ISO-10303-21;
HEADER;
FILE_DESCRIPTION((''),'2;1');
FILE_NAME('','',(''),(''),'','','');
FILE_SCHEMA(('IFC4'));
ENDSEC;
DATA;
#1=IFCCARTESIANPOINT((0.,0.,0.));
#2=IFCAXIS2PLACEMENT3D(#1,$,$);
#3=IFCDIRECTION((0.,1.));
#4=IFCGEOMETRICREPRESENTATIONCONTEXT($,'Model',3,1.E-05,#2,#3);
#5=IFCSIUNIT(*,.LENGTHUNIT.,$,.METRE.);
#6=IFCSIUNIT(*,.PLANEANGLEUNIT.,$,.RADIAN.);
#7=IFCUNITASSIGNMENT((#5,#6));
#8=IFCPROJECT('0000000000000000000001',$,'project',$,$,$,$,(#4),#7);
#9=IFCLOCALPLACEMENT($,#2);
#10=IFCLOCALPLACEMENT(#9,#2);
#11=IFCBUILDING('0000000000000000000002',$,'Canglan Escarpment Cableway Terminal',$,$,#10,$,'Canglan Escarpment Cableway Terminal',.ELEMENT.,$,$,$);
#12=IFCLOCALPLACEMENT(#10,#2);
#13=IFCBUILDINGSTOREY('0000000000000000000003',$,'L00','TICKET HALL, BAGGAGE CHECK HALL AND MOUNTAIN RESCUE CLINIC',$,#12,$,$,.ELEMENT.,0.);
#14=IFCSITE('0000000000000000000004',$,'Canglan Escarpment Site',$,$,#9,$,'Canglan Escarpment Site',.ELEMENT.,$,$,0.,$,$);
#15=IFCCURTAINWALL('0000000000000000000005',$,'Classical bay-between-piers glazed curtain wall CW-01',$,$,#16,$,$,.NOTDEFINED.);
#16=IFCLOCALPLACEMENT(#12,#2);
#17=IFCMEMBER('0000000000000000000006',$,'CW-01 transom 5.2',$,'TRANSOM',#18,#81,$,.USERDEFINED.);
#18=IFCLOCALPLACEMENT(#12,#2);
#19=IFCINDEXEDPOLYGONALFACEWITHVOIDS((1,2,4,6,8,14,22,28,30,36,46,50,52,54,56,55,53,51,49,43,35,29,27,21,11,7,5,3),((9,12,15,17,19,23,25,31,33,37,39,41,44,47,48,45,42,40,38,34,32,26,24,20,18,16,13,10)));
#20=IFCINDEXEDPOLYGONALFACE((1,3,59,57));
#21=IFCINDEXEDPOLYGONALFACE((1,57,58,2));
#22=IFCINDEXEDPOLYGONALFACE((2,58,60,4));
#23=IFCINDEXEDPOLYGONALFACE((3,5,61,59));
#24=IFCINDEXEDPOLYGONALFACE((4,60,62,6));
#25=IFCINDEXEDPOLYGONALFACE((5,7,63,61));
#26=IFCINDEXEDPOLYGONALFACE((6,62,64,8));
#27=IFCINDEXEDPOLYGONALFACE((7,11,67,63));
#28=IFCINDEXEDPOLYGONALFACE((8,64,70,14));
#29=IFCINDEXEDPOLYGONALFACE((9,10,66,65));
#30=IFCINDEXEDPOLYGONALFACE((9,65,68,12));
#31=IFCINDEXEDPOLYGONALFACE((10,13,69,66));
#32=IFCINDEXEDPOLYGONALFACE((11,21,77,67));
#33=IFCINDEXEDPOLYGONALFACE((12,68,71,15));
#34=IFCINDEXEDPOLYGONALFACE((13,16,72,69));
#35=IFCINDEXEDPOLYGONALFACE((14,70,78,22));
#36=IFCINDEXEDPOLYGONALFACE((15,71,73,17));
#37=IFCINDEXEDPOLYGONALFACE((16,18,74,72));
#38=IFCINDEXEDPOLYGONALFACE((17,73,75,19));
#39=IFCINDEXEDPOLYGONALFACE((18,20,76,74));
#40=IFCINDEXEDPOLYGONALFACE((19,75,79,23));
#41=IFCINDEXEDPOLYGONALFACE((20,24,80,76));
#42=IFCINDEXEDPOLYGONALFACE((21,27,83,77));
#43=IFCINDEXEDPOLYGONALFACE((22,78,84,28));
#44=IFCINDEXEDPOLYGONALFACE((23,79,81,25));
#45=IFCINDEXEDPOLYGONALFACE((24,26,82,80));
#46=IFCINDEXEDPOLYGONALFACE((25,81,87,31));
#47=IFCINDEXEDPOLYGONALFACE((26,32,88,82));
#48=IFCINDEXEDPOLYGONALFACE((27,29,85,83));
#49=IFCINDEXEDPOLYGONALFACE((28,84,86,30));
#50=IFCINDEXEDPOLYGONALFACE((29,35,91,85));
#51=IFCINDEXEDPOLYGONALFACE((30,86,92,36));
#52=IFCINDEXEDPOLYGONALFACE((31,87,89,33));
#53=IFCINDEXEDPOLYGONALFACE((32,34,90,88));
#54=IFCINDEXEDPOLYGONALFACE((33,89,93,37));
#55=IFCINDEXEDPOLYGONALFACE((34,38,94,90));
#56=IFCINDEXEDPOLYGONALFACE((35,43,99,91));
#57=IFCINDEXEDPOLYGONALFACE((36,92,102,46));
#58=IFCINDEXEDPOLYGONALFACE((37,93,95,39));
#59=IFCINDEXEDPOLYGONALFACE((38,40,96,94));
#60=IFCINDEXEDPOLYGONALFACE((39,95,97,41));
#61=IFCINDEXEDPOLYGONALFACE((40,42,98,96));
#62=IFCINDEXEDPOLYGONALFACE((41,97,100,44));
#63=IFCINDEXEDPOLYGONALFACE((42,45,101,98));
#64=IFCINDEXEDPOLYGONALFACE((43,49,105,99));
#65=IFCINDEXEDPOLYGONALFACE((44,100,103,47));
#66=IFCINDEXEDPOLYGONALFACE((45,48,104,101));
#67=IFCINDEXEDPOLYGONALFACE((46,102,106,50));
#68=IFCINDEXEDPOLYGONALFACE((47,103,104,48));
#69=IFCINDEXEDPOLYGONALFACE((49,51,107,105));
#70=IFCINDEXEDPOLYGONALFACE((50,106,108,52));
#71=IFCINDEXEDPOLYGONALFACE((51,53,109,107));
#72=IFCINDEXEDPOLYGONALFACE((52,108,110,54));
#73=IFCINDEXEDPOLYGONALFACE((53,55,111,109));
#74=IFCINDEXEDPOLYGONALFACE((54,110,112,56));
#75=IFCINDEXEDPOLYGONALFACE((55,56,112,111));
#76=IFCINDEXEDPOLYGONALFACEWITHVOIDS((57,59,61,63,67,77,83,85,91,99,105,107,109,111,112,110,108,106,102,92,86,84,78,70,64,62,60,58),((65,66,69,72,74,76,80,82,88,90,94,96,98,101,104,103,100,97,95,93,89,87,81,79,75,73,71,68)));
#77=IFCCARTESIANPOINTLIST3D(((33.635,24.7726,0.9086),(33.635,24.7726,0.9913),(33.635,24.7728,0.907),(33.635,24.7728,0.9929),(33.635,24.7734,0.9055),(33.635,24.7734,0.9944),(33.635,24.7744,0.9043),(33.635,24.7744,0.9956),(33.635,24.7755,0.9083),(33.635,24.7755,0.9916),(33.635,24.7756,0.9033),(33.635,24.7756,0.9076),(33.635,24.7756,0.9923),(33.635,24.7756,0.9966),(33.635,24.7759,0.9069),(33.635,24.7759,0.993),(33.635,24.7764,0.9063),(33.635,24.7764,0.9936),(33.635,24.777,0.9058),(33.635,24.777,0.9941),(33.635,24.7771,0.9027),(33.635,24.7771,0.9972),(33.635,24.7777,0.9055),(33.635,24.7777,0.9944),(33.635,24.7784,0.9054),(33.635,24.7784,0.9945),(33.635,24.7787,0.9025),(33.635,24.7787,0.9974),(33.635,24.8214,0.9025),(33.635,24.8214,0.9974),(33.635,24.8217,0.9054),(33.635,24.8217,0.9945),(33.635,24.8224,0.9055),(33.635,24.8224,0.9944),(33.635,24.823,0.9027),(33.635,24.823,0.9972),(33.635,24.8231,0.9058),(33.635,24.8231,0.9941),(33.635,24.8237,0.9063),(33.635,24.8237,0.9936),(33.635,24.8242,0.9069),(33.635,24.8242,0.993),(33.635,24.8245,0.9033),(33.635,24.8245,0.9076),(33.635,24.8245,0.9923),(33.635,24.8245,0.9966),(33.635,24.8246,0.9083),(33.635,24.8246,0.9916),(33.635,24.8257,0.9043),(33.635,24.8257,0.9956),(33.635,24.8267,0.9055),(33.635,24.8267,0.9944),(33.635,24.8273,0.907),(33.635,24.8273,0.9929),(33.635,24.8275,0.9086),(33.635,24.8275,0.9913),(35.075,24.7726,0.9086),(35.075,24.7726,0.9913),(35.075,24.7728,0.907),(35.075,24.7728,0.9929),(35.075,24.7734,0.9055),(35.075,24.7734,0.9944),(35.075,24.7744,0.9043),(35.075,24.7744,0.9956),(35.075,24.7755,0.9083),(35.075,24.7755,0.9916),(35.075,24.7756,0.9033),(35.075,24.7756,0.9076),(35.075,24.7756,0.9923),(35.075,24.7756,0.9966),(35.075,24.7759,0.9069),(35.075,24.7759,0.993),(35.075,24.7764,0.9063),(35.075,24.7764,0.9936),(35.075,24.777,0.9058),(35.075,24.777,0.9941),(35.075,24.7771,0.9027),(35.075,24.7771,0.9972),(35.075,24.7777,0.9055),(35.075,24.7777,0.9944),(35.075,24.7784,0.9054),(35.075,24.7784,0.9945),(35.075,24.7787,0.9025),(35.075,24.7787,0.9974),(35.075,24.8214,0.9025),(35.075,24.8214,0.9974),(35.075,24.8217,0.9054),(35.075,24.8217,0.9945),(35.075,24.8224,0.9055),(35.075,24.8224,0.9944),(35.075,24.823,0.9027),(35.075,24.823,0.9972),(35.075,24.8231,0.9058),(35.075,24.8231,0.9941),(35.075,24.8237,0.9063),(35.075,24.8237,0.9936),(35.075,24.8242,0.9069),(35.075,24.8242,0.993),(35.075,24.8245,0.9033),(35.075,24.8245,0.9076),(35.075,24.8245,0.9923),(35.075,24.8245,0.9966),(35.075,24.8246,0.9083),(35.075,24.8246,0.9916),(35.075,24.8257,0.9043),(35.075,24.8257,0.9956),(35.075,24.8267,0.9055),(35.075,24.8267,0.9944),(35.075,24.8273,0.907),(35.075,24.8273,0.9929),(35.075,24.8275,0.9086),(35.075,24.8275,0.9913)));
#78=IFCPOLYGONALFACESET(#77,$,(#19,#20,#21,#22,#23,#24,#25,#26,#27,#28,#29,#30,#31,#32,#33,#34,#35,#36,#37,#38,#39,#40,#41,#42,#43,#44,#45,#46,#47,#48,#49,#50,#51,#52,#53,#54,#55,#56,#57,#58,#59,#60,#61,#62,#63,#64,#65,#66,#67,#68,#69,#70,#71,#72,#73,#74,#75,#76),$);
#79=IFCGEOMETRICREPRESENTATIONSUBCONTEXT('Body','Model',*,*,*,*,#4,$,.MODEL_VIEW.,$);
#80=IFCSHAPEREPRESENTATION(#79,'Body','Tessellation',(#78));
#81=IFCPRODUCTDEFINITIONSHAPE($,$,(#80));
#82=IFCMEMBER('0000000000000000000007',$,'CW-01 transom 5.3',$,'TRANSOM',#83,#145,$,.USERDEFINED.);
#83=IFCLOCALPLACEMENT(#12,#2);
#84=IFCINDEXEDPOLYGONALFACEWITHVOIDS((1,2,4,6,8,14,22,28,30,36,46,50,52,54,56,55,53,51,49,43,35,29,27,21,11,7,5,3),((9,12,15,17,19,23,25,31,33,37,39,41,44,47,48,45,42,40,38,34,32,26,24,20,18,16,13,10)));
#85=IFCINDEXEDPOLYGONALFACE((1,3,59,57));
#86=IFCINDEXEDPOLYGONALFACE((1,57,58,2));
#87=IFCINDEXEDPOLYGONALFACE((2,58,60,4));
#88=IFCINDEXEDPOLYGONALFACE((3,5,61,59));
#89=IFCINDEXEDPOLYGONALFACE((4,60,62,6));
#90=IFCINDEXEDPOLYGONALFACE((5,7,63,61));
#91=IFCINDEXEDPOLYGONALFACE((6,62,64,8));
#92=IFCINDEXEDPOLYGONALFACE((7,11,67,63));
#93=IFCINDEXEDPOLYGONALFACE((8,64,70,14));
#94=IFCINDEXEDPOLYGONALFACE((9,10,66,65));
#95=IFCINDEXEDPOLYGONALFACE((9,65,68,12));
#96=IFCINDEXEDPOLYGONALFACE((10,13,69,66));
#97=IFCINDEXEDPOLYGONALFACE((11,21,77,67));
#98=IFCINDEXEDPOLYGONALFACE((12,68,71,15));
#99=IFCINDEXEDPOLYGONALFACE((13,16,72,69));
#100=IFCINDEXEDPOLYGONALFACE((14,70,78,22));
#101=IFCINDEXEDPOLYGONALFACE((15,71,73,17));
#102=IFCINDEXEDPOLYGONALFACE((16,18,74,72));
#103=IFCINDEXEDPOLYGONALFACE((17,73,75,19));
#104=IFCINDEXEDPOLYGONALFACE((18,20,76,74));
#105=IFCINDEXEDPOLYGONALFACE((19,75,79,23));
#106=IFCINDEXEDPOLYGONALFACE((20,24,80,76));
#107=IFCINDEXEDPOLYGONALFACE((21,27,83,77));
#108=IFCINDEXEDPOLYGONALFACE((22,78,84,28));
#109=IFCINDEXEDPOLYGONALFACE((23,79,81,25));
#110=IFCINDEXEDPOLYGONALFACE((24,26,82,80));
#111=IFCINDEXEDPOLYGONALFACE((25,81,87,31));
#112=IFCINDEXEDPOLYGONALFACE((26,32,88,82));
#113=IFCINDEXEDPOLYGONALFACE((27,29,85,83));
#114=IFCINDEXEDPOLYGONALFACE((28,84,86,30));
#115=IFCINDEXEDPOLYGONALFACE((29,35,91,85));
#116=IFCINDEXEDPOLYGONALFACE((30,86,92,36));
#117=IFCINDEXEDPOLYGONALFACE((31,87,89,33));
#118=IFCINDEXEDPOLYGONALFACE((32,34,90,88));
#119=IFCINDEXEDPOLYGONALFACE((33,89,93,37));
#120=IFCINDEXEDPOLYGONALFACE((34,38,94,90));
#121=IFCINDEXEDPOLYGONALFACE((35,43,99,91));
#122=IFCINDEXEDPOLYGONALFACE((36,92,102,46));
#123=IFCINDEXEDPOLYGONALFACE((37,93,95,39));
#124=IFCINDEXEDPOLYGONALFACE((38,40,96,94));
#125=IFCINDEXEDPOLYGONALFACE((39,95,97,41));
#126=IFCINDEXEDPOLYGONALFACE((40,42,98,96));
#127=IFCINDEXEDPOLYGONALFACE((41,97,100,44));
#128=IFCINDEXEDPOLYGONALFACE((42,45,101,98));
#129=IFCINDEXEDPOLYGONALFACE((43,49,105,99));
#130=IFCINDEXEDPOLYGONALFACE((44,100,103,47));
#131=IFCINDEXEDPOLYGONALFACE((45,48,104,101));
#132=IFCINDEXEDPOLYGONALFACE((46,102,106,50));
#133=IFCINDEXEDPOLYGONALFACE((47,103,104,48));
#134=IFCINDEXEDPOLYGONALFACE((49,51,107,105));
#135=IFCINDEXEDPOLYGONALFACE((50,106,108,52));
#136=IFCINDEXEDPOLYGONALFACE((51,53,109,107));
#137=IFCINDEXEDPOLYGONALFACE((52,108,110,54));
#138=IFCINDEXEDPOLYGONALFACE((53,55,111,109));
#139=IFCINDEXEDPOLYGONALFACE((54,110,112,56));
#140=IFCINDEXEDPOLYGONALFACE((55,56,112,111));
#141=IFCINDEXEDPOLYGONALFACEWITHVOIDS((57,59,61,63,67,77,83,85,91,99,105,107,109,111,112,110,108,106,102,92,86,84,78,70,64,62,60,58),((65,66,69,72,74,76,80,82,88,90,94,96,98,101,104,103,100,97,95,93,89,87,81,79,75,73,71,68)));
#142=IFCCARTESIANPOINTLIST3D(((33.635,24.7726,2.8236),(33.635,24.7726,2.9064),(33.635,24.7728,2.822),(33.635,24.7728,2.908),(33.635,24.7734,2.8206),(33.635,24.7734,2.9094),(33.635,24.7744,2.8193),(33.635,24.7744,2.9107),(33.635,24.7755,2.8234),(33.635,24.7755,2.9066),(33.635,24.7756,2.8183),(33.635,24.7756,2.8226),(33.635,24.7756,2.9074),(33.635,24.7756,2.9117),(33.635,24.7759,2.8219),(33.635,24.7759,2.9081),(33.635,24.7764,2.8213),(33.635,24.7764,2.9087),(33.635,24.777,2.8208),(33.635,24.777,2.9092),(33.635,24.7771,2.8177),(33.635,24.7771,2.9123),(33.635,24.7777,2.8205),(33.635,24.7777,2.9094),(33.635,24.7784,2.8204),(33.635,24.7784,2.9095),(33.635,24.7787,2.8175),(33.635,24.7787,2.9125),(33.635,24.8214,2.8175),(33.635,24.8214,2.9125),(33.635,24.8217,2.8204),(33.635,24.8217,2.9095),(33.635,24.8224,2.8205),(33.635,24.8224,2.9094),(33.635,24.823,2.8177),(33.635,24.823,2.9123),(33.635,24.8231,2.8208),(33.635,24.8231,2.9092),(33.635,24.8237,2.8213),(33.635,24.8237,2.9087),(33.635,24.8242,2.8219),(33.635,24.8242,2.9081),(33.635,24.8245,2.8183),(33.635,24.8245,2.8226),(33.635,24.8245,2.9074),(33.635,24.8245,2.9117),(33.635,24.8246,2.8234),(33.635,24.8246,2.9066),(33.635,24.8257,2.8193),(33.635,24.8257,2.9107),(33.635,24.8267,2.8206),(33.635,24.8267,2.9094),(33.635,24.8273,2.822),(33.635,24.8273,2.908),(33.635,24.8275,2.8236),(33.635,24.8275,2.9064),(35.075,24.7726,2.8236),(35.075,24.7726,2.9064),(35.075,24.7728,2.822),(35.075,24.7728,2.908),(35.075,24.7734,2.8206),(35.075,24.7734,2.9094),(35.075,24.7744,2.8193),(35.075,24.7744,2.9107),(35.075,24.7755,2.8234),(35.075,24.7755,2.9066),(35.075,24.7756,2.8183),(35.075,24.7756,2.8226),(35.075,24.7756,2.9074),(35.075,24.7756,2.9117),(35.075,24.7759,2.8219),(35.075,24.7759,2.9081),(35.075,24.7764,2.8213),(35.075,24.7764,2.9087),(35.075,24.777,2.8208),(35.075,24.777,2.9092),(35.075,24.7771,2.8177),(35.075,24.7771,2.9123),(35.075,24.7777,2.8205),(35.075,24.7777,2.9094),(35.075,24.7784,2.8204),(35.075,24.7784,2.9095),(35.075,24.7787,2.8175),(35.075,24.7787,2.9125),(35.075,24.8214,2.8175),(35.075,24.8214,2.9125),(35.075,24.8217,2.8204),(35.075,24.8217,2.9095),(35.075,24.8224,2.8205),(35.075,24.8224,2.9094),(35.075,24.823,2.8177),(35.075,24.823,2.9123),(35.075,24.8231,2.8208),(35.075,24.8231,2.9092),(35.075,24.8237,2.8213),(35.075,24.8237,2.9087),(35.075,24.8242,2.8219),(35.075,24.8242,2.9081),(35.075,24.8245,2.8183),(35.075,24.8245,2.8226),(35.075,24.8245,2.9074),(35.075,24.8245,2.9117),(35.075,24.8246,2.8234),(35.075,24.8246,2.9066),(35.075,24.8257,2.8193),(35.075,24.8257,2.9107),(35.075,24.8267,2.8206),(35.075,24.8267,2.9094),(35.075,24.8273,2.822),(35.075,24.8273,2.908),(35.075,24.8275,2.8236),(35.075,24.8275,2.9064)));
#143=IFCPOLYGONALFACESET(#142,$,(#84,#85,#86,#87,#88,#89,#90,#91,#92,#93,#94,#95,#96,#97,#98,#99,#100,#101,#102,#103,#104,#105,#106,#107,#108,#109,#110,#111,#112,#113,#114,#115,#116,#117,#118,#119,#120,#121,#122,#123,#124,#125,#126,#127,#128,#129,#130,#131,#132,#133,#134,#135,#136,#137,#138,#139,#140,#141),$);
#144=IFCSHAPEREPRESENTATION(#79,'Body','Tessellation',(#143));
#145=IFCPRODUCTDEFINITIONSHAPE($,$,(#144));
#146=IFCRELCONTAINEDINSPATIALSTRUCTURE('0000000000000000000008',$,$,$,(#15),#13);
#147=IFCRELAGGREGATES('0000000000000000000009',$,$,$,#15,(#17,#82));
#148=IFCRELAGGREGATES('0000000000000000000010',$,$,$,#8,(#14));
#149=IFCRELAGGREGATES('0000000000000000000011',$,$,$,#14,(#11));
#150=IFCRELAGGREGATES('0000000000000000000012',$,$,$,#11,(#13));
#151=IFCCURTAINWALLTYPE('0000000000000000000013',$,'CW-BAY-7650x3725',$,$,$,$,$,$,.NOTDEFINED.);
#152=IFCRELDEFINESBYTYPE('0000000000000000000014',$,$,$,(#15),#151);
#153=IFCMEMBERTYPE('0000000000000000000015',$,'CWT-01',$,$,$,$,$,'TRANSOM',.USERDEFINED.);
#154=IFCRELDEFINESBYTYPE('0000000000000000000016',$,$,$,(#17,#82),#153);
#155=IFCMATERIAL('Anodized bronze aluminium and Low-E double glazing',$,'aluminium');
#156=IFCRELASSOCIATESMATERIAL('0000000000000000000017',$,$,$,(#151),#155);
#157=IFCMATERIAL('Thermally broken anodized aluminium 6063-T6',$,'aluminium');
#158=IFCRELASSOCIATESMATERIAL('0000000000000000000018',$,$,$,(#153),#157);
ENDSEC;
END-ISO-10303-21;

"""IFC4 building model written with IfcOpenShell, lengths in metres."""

from ifc_helpers import new_model, si_unit, direction, frame, origin, origin_2d, place, context, subcontext, project, spatial, hollow_rectangle, extrude, material, material_profile, profile_set, type_object, element, aggregate, save


model = new_model("IFC4")

# Units and contexts
model_context = context("Model", 3, precision=1e-05, world=origin(), true_north=direction((0.0, 1.0)))
body_context = subcontext(model_context, "Body", "Model", "MODEL_VIEW")
ifc_project = project(units=[si_unit("LENGTHUNIT", "METRE"), si_unit("PLANEANGLEUNIT", "RADIAN")], contexts=[model_context])

# Site, building, storey
site_placement = place(None, origin())
site = spatial("IfcSite", under=ifc_project, at=site_placement, Name="Canglan Escarpment Site", LongName="Canglan Escarpment Site", CompositionType="ELEMENT", RefElevation=0.0)
building_placement = place(site_placement, origin())
building = spatial("IfcBuilding", under=site, at=building_placement, Name="Canglan Escarpment Cableway Terminal", LongName="Canglan Escarpment Cableway Terminal", CompositionType="ELEMENT")
storey_placement = place(building_placement, origin())
storey = spatial("IfcBuildingStorey", under=building, at=storey_placement, Name="L00", Description="TICKET HALL, BAGGAGE CHECK HALL AND MOUNTAIN RESCUE CLINIC", CompositionType="ELEMENT", Elevation=0.0)

# Curtain wall
ifc_material_1 = material(Name="Anodized bronze aluminium and Low-E double glazing", Category="aluminium")
curtain_wall_type = type_object("IfcCurtainWallType", Name="CW-BAY-7650x3725", PredefinedType="NOTDEFINED", material=ifc_material_1)
curtain_wall_1_placement = place(storey_placement, origin())
curtain_wall_1 = element("IfcCurtainWall", 1, at=curtain_wall_1_placement, inside=storey, type_object=curtain_wall_type, Name="Classical bay-between-piers glazed curtain wall CW-01", PredefinedType="NOTDEFINED")
ifc_material_2 = material(Name="Thermally broken anodized aluminium 6063-T6", Category="aluminium")

# Members
ifc_material_profile_1 = material_profile(ifc_material_2, hollow_rectangle(XDim=0.0549, YDim=0.095, WallThickness=0.0029, InnerFilletRadius=0.0029, OuterFilletRadius=0.0061, at=origin_2d()), Name="ALU-TRAN 55x95x3")
ifc_profile_set_1 = profile_set([ifc_material_profile_1], Name="Thermally broken anodized aluminium 6063-T6")
member_type_1 = type_object("IfcMemberType", Name="CWT-01", ElementType="TRANSOM", PredefinedType="USERDEFINED", material=ifc_profile_set_1)
member_1_placement = place(storey_placement, frame((35.075, 24.8, 0.95), z_axis=(-1.0, 0.0, 0.0), x_axis=(0.0, -1.0, 0.0)))
member_1 = element("IfcMember", 2, at=member_1_placement, type_object=member_type_1, Name="CW-01 transom 5.2", ObjectType="TRANSOM", PredefinedType="USERDEFINED", context=body_context, shape_type="SweptSolid", body=[
    extrude(hollow_rectangle(XDim=0.0549, YDim=0.095, WallThickness=0.0029, InnerFilletRadius=0.0029, OuterFilletRadius=0.0061, at=origin_2d()), origin(), (0.0, 0.0, 1.0), 1.4399),
])
member_2_placement = place(storey_placement, frame((35.075, 24.8, 2.865), z_axis=(-1.0, 0.0, 0.0), x_axis=(0.0, -1.0, 0.0)))
member_2 = element("IfcMember", 3, at=member_2_placement, type_object=member_type_1, Name="CW-01 transom 5.3", ObjectType="TRANSOM", PredefinedType="USERDEFINED", context=body_context, shape_type="SweptSolid", body=[
    extrude(hollow_rectangle(XDim=0.0549, YDim=0.095, WallThickness=0.0029, InnerFilletRadius=0.0029, OuterFilletRadius=0.0061, at=origin_2d()), origin(), (0.0, 0.0, 1.0), 1.4399),
])

aggregate(curtain_wall_1, [member_1, member_2])

save(model, "model.ifc")
